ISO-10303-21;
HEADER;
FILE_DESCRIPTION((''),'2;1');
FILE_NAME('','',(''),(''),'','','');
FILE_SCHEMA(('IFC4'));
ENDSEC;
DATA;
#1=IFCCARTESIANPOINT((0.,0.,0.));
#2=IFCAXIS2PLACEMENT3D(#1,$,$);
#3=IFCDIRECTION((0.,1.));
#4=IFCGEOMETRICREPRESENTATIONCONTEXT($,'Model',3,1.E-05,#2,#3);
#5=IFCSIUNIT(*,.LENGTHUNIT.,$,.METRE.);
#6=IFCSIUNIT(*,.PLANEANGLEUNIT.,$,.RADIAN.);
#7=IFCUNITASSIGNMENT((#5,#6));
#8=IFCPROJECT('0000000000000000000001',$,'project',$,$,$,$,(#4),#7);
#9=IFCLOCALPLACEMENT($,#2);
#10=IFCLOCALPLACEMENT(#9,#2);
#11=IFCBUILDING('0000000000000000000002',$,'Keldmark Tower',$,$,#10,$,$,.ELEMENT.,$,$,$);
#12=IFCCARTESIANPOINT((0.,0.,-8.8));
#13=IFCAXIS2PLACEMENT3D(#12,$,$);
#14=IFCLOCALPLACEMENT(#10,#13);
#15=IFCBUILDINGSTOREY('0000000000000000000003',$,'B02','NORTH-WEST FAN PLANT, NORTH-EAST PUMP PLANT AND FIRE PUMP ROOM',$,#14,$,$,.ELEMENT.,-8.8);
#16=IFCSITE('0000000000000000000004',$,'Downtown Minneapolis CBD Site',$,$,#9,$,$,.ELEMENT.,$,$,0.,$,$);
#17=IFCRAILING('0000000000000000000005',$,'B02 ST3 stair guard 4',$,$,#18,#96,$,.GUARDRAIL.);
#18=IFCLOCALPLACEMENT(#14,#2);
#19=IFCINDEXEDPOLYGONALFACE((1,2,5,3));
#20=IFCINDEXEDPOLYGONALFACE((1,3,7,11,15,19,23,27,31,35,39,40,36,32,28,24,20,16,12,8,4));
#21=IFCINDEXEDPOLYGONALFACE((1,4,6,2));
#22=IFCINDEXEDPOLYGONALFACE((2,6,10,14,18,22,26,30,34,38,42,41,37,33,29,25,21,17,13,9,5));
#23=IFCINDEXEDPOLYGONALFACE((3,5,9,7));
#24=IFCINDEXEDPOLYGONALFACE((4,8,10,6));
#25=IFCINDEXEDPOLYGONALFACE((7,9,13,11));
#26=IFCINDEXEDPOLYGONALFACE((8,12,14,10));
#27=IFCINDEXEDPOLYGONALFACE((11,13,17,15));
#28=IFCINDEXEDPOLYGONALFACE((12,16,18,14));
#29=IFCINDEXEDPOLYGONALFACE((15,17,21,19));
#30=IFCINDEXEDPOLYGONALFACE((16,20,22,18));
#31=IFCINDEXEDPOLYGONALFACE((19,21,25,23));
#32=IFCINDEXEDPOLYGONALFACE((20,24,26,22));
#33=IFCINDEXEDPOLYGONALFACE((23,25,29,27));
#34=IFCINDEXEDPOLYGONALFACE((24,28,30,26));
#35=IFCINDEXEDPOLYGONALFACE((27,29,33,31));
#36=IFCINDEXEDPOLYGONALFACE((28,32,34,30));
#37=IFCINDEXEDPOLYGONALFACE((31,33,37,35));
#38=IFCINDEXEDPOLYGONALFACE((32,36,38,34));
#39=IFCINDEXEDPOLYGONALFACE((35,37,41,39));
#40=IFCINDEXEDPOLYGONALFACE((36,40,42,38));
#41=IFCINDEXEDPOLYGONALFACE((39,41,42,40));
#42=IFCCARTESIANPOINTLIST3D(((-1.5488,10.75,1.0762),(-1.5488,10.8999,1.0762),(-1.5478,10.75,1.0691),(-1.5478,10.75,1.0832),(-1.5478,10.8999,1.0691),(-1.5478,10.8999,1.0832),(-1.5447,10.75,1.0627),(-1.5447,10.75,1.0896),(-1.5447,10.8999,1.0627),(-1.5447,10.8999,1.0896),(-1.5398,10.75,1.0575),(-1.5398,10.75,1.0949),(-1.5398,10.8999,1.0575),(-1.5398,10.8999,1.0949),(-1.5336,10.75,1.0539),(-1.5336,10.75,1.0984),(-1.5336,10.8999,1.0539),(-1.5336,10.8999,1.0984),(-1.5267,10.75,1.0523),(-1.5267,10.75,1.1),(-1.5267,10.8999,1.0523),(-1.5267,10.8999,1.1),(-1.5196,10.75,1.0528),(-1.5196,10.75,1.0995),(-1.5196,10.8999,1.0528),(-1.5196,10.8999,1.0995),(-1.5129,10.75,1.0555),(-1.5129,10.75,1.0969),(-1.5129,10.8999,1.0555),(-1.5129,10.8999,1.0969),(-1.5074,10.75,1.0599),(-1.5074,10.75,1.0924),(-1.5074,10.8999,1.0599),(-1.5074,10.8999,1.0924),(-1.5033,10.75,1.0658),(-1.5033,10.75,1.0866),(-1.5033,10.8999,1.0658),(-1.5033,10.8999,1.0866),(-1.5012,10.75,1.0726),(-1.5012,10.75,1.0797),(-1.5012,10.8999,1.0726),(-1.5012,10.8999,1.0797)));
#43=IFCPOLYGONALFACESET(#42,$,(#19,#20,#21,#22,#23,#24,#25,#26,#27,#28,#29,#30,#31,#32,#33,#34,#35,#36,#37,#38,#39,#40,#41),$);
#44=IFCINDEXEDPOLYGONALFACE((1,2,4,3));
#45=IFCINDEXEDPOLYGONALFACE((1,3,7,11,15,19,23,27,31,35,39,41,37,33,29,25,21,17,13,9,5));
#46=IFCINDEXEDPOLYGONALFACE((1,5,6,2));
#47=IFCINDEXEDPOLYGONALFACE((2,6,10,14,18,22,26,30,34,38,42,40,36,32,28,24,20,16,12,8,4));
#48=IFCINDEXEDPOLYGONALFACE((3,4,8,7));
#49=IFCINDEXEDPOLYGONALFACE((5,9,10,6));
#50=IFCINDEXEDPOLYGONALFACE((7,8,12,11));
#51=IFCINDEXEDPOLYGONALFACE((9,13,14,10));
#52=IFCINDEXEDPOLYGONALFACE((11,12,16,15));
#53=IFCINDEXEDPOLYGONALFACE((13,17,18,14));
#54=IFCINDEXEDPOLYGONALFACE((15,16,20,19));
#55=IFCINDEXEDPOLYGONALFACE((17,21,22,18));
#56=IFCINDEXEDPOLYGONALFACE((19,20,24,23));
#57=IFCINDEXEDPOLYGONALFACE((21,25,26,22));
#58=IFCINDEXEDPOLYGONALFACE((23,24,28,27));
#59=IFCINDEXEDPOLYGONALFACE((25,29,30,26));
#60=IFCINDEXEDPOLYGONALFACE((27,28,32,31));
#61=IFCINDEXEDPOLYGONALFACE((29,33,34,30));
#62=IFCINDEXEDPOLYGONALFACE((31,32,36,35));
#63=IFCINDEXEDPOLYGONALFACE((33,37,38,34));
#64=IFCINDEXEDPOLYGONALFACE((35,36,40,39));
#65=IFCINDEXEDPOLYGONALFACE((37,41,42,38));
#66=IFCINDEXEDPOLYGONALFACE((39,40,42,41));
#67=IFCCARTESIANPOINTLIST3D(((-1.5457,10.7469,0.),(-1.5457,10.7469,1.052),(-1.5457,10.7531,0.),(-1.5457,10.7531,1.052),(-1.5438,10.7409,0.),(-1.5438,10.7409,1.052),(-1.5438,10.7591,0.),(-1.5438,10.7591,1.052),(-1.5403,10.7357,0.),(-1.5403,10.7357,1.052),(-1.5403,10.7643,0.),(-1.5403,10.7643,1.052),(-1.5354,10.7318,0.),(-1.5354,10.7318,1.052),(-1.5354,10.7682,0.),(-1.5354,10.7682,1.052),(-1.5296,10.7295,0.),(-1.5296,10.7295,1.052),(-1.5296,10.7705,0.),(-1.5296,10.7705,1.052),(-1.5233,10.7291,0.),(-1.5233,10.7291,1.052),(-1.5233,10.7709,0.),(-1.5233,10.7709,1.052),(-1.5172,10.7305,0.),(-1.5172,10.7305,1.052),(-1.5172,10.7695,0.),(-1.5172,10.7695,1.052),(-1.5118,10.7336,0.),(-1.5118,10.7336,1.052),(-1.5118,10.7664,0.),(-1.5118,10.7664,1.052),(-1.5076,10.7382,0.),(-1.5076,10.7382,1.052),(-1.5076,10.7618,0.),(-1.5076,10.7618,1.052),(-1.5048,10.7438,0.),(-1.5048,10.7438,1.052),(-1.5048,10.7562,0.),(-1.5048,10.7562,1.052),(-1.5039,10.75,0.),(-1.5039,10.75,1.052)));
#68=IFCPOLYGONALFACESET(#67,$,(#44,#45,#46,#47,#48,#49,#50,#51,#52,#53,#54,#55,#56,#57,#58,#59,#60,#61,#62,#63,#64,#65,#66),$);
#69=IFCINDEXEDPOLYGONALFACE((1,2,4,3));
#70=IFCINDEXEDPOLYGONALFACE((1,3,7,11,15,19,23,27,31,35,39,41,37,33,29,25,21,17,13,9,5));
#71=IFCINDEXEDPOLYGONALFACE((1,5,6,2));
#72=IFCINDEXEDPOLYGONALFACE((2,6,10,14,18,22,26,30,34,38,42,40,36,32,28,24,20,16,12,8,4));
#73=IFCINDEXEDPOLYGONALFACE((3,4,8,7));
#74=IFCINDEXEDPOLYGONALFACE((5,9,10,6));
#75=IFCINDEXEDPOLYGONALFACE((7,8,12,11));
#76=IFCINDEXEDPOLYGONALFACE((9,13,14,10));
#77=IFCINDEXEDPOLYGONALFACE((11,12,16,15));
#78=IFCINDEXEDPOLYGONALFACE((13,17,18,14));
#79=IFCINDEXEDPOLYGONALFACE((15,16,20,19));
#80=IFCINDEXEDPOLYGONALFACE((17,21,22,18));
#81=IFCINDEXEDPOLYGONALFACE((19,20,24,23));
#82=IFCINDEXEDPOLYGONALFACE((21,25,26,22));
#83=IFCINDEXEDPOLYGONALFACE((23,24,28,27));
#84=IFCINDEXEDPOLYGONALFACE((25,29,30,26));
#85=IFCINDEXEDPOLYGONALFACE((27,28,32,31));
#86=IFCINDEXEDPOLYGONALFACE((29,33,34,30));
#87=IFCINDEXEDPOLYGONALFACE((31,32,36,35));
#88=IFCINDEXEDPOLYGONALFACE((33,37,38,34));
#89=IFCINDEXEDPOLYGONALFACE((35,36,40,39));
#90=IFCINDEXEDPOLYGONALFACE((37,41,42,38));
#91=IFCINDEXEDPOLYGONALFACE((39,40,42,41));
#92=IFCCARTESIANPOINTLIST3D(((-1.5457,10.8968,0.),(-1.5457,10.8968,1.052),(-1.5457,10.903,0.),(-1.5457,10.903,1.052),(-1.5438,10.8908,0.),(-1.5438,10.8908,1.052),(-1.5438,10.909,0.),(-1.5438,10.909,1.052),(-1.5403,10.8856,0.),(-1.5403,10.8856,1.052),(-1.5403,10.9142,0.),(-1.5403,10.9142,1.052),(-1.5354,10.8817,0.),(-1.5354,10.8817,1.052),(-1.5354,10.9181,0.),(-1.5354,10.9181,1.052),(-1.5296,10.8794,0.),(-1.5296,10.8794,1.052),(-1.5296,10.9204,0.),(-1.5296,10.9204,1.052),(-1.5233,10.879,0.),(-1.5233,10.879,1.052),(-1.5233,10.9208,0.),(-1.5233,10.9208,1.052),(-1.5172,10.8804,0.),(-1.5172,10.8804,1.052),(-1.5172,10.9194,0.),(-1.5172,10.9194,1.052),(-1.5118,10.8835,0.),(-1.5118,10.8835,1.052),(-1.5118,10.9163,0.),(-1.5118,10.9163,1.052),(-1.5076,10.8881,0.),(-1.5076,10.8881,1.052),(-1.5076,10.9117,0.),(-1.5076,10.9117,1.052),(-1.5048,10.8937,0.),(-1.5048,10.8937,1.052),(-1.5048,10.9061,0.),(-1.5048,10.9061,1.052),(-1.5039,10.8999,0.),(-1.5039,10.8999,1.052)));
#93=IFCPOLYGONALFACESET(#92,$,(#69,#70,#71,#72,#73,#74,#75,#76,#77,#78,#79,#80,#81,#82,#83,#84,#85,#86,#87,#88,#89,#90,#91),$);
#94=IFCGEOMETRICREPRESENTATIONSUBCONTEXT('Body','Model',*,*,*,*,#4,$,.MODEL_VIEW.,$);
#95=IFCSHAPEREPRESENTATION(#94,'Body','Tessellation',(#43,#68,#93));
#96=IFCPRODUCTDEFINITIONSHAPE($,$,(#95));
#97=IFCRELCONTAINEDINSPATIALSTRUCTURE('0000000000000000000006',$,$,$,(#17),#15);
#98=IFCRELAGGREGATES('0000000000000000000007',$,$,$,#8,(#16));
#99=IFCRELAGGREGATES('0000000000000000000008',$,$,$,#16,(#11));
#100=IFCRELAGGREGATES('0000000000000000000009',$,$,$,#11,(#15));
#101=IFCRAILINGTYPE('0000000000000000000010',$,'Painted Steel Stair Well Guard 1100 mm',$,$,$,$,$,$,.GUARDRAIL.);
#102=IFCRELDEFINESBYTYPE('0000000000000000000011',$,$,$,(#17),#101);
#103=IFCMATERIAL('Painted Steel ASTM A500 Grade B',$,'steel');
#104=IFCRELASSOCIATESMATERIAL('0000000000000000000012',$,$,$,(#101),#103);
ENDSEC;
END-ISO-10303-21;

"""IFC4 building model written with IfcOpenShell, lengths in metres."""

from ifc_helpers import new_model, si_unit, direction, frame, origin, origin_2d, place, context, subcontext, project, spatial, circle, extrude, material, type_object, element, save


model = new_model("IFC4")

# Units and contexts
model_context = context("Model", 3, precision=1e-05, world=origin(), true_north=direction((0.0, 1.0)))
body_context = subcontext(model_context, "Body", "Model", "MODEL_VIEW")
ifc_project = project(units=[si_unit("LENGTHUNIT", "METRE"), si_unit("PLANEANGLEUNIT", "RADIAN")], contexts=[model_context])

# Site, building, storey
site_placement = place(None, origin())
site = spatial("IfcSite", under=ifc_project, at=site_placement, Name="Downtown Minneapolis CBD Site", CompositionType="ELEMENT", RefElevation=0.0)
building_placement = place(site_placement, origin())
building = spatial("IfcBuilding", under=site, at=building_placement, Name="Keldmark Tower", CompositionType="ELEMENT")
storey_placement = place(building_placement, frame((0.0, 0.0, -8.8)))
storey = spatial("IfcBuildingStorey", under=building, at=storey_placement, Name="B02", Description="NORTH-WEST FAN PLANT, NORTH-EAST PUMP PLANT AND FIRE PUMP ROOM", CompositionType="ELEMENT", Elevation=-8.8)

# Railing
ifc_material_1 = material(Name="Painted Steel ASTM A500 Grade B", Category="steel")
railing_type = type_object("IfcRailingType", Name="Painted Steel Stair Well Guard 1100 mm", PredefinedType="GUARDRAIL", material=ifc_material_1)
railing_1_placement = place(storey_placement, frame((-1.5249, 10.75, 0.0)))
element("IfcRailing", 1, at=railing_1_placement, inside=storey, type_object=railing_type, Name="B02 ST3 stair guard 4", PredefinedType="GUARDRAIL", context=body_context, shape_type="SweptSolid", body=[
    extrude(circle(Radius=0.0239, at=origin_2d()), frame((0.0, 0.0, 1.0762), z_axis=(0.0, 1.0, 0.0), x_axis=(-1.0, 0.0, 0.0)), (0.0, 0.0, 1.0), 0.1499),
    extrude(circle(Radius=0.021, at=origin_2d()), origin(), (0.0, 0.0, 1.0), 1.052),
    extrude(circle(Radius=0.021, at=origin_2d()), frame((0.0, 0.1499, 0.0)), (0.0, 0.0, 1.0), 1.052),
])

save(model, "model.ifc")
